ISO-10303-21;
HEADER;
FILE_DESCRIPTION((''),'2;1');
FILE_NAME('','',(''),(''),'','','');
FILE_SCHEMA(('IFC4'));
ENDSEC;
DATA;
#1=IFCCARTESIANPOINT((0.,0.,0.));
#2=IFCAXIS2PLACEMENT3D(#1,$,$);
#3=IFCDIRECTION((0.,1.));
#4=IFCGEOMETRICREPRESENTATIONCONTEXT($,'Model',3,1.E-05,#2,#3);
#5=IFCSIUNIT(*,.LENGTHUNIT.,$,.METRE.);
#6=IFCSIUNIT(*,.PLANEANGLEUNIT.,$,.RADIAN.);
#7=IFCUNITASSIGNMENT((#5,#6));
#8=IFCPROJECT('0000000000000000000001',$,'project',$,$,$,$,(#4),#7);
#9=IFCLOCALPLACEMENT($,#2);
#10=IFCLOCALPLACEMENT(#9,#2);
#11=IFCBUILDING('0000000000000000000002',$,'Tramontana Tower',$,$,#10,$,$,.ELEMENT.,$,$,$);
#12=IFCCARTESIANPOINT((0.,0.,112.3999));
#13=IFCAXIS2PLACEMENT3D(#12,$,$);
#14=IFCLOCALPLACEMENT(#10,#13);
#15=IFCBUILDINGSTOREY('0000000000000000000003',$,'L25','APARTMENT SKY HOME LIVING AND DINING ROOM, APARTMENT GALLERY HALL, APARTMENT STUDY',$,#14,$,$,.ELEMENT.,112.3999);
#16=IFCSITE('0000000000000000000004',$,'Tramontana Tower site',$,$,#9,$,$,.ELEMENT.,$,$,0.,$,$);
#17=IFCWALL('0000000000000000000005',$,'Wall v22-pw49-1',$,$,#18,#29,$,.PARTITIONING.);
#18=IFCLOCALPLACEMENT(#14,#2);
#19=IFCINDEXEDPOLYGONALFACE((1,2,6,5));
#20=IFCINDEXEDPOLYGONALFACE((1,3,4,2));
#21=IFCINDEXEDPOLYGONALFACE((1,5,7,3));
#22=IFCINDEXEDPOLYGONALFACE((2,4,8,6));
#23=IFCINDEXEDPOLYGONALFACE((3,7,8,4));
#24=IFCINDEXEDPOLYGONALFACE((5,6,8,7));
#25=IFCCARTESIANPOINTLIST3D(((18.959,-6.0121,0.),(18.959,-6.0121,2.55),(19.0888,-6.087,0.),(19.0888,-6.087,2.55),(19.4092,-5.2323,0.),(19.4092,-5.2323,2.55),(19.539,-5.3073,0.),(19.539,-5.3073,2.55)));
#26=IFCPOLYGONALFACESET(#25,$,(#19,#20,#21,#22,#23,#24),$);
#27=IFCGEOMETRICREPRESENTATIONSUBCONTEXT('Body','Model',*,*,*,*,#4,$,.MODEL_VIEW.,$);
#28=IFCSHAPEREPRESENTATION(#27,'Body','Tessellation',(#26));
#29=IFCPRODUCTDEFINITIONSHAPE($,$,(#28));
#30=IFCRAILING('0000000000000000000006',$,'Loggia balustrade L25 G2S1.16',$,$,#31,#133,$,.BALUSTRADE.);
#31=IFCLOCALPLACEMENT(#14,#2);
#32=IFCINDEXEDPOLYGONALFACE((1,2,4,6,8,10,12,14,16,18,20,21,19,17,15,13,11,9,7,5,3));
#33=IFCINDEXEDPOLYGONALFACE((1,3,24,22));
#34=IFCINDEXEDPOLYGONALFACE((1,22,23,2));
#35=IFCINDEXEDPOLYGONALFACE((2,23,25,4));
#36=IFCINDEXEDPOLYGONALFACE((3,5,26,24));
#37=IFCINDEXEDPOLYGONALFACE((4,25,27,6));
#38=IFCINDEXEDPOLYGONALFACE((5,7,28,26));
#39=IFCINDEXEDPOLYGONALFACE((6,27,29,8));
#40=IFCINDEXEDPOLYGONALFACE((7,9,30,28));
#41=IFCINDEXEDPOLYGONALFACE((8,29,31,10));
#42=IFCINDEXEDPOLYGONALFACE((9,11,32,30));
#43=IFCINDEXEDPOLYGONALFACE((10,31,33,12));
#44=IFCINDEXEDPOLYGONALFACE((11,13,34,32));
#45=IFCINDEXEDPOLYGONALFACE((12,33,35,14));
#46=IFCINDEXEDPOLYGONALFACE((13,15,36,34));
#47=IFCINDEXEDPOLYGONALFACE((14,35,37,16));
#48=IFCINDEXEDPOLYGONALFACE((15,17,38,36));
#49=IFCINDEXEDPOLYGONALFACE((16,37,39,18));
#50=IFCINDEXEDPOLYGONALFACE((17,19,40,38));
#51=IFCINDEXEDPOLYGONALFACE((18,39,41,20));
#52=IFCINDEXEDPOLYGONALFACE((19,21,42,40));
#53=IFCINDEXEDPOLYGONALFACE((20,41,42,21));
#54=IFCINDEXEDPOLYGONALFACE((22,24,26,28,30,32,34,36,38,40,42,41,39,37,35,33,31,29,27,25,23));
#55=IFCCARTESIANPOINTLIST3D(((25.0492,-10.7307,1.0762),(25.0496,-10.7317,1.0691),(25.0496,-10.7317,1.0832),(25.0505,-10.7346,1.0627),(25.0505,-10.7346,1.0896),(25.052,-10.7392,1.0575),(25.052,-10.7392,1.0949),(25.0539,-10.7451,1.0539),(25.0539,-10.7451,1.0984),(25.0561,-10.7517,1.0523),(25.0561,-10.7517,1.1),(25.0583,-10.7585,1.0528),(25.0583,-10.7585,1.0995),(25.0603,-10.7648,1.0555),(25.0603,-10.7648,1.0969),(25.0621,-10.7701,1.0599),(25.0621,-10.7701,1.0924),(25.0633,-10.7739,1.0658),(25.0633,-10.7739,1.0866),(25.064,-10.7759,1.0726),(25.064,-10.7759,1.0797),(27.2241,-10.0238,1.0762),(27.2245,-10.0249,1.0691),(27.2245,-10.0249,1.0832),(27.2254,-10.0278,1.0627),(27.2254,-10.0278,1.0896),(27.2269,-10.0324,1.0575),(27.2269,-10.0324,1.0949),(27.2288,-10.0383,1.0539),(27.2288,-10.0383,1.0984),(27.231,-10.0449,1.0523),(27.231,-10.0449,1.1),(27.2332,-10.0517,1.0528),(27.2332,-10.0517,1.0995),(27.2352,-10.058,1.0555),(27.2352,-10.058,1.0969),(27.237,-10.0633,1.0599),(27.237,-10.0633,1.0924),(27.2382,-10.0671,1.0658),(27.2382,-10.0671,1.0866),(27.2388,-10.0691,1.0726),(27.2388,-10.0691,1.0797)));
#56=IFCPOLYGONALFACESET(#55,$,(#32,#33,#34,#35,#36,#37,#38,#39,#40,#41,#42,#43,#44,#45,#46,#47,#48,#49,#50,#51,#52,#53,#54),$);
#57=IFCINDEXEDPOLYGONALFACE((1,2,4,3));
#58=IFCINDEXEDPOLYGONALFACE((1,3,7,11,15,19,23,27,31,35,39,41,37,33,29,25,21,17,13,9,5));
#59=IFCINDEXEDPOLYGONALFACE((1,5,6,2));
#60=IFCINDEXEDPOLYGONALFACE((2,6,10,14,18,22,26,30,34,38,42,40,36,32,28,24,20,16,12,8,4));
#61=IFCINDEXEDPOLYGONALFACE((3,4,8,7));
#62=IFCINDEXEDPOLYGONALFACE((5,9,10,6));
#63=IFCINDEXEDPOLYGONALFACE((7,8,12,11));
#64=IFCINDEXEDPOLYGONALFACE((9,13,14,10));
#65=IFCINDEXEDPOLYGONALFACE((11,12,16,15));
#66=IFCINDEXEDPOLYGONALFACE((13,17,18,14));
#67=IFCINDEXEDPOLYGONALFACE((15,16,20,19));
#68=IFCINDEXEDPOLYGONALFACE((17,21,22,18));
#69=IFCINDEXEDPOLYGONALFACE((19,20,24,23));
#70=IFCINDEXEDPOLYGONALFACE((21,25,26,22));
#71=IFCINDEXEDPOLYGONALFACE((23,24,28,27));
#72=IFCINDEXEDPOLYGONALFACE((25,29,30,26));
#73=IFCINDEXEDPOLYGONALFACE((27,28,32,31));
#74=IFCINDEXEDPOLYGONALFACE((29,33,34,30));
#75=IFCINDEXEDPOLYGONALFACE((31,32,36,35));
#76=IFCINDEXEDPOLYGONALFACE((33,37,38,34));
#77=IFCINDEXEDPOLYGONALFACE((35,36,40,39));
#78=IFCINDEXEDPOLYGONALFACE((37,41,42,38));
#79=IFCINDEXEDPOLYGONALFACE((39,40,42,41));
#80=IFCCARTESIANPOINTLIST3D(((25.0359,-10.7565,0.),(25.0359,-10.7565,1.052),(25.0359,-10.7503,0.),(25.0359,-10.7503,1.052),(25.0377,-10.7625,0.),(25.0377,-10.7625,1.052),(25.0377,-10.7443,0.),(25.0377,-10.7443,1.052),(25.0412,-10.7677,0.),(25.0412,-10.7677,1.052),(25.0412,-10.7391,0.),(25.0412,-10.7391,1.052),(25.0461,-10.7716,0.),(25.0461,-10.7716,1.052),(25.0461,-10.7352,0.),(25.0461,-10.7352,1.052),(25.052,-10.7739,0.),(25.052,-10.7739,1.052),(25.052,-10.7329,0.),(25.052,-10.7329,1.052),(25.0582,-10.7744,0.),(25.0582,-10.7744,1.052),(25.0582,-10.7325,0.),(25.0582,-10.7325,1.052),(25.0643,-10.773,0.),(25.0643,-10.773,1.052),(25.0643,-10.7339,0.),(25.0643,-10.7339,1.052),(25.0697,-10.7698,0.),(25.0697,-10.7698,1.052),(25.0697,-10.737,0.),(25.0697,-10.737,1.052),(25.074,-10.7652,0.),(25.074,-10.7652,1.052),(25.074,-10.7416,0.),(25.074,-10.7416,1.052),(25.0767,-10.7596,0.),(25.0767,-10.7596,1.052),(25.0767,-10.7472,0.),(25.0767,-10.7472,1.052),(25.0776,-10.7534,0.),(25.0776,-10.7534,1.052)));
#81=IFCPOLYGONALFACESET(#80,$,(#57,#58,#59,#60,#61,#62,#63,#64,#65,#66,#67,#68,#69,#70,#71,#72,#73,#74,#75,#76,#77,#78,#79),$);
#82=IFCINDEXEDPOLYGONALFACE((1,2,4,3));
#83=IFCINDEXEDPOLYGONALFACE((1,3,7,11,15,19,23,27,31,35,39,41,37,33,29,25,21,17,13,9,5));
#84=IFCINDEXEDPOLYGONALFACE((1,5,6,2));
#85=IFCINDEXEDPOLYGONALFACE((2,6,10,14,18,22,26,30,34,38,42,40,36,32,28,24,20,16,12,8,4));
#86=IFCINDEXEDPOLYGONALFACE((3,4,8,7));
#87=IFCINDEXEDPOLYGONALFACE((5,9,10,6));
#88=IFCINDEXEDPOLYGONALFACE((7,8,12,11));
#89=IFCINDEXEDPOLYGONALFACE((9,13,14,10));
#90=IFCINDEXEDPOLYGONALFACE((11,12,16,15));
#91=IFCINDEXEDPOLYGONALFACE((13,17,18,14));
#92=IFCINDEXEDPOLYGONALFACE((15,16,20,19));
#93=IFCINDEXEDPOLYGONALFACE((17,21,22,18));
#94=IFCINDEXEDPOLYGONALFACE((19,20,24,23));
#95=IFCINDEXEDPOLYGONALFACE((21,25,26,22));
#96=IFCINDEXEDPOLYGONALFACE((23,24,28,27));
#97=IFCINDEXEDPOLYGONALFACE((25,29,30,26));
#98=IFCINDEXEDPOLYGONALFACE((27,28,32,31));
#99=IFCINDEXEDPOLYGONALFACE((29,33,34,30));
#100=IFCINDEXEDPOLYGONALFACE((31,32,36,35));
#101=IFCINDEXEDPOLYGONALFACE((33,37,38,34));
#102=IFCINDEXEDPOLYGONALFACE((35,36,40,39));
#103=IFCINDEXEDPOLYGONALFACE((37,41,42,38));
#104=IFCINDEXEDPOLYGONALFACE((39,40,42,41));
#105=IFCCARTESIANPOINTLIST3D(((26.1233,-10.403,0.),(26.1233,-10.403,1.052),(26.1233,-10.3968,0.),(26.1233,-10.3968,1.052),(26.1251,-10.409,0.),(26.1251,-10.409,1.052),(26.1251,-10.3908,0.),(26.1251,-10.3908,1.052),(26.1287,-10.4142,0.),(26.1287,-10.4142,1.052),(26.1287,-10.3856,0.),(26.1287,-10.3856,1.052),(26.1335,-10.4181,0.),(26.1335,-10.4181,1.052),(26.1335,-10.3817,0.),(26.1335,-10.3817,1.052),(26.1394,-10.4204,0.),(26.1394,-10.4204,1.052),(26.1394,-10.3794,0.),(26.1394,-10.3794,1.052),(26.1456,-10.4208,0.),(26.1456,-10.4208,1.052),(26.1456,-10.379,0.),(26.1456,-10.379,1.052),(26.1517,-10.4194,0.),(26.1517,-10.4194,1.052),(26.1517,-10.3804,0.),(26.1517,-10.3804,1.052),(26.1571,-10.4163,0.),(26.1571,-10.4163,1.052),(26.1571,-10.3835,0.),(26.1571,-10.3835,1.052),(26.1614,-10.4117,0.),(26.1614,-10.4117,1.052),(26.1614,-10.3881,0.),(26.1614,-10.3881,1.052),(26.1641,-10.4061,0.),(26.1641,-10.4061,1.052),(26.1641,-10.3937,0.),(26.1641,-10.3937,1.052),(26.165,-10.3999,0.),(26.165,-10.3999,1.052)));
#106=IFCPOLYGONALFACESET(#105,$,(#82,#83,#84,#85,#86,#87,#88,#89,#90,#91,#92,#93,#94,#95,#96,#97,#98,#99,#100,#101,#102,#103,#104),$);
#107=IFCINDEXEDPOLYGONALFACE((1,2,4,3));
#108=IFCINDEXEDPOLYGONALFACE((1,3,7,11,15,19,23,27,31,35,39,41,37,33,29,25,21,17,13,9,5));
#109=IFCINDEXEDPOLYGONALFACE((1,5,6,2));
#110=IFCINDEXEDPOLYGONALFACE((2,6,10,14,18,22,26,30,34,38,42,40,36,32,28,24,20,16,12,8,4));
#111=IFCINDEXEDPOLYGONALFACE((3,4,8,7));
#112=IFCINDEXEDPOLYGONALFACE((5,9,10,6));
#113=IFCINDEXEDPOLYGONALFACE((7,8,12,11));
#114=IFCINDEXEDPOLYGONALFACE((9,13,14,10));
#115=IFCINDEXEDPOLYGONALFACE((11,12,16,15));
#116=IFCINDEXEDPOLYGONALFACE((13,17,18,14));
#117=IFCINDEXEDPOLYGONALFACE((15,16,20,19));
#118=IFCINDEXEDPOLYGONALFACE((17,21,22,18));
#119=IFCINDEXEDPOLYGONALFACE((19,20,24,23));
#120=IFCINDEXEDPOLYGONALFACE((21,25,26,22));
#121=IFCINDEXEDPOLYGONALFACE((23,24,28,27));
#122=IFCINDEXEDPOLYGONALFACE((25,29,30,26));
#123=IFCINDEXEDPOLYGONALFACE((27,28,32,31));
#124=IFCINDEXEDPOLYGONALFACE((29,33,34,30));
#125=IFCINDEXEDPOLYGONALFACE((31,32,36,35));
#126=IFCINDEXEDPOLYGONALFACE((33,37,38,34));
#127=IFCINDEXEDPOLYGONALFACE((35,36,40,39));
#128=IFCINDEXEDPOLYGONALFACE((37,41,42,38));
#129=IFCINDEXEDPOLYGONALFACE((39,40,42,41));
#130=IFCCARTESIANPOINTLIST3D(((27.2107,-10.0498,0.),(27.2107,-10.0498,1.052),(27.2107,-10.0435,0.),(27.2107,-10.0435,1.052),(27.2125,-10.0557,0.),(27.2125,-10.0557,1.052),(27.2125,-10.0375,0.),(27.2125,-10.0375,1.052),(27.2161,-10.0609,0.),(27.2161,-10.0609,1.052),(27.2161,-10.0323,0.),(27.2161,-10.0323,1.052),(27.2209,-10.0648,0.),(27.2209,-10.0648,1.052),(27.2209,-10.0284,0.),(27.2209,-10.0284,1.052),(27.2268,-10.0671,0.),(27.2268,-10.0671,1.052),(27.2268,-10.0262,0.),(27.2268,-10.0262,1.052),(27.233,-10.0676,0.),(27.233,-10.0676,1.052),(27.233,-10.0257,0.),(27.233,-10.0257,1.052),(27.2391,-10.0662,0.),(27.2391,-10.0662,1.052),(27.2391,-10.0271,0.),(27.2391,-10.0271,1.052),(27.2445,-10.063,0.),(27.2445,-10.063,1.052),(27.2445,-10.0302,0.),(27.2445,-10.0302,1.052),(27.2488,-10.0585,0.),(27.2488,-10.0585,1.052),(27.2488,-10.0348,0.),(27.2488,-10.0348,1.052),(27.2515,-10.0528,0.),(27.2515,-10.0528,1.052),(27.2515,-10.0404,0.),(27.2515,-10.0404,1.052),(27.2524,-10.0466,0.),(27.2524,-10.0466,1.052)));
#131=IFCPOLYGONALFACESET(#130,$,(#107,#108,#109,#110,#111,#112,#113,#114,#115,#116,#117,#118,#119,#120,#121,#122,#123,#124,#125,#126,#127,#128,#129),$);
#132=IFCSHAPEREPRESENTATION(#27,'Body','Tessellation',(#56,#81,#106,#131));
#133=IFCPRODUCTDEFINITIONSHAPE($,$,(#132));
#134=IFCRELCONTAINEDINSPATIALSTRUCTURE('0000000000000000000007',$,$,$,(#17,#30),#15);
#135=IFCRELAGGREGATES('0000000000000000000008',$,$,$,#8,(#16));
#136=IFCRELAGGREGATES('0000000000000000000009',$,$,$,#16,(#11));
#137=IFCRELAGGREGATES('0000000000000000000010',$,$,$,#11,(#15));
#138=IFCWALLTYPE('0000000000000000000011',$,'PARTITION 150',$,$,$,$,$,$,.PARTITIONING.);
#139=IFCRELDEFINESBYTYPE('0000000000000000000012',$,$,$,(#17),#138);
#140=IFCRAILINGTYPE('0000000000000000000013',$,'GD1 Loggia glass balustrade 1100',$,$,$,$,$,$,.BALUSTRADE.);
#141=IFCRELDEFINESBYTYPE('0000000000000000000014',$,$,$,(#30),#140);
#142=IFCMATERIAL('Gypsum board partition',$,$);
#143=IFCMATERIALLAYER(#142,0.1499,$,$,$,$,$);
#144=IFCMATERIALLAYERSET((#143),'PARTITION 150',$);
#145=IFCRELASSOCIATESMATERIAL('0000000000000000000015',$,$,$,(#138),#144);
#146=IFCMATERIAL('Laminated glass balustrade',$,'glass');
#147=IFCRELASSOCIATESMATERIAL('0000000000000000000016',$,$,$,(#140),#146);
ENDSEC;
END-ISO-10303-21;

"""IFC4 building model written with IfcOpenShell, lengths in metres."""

from ifc_helpers import new_model, si_unit, direction, frame, frame_2d, origin, origin_2d, place, context, subcontext, project, spatial, rectangle, circle, extrude, material, layer, layer_set, type_object, element, save


model = new_model("IFC4")

# Units and contexts
model_context = context("Model", 3, precision=1e-05, world=origin(), true_north=direction((0.0, 1.0)))
body_context = subcontext(model_context, "Body", "Model", "MODEL_VIEW")
ifc_project = project(units=[si_unit("LENGTHUNIT", "METRE"), si_unit("PLANEANGLEUNIT", "RADIAN")], contexts=[model_context])

# Site, building, storey
site_placement = place(None, origin())
site = spatial("IfcSite", under=ifc_project, at=site_placement, Name="Tramontana Tower site", CompositionType="ELEMENT", RefElevation=0.0)
building_placement = place(site_placement, origin())
building = spatial("IfcBuilding", under=site, at=building_placement, Name="Tramontana Tower", CompositionType="ELEMENT")
storey_placement = place(building_placement, frame((0.0, 0.0, 112.3999)))
storey = spatial("IfcBuildingStorey", under=building, at=storey_placement, Name="L25", Description="APARTMENT SKY HOME LIVING AND DINING ROOM, APARTMENT GALLERY HALL, APARTMENT STUDY", CompositionType="ELEMENT", Elevation=112.3999)

# Wall
ifc_material_1 = material(Name="Gypsum board partition")
ifc_layer_1 = layer(ifc_material_1, 0.1499)
ifc_layer_set_1 = layer_set([ifc_layer_1], Name="PARTITION 150")
wall_type_1 = type_object("IfcWallType", Name="PARTITION 150", PredefinedType="PARTITIONING", material=ifc_layer_set_1)
wall_1_placement = place(storey_placement, frame((19.4741, -5.2698, 0.0), z_axis=(0.0, 0.0, 1.0), x_axis=(-0.499988, -0.866032, 0.0)))
element("IfcWall", 1, at=wall_1_placement, inside=storey, type_object=wall_type_1, Name="Wall v22-pw49-1", PredefinedType="PARTITIONING", context=body_context, shape_type="SweptSolid", body=[
    extrude(rectangle(XDim=0.9004, YDim=0.1499, at=frame_2d((0.4502, 0.0))), origin(), (0.0, 0.0, 1.0), 2.55),
])

# Railing
ifc_material_2 = material(Name="Laminated glass balustrade", Category="glass")
railing_type = type_object("IfcRailingType", Name="GD1 Loggia glass balustrade 1100", PredefinedType="BALUSTRADE", material=ifc_material_2)
railing_1_placement = place(storey_placement, frame((25.0566, -10.7534, 0.0)))
element("IfcRailing", 2, at=railing_1_placement, inside=storey, type_object=railing_type, Name="Loggia balustrade L25 G2S1.16", PredefinedType="BALUSTRADE", context=body_context, shape_type="SweptSolid", body=[
    extrude(circle(Radius=0.0239, at=origin_2d()), frame((0.0, 0.0, 1.0762), z_axis=(0.951037, 0.309076, 0.0), x_axis=(-0.309076, 0.951037, 0.0)), (0.0, 0.0, 1.0), 2.2869),
    extrude(circle(Radius=0.021, at=origin_2d()), origin(), (0.0, 0.0, 1.0), 1.052),
    extrude(circle(Radius=0.021, at=origin_2d()), frame((1.0874, 0.3535, 0.0)), (0.0, 0.0, 1.0), 1.052),
    extrude(circle(Radius=0.021, at=origin_2d()), frame((2.1748, 0.7068, 0.0)), (0.0, 0.0, 1.0), 1.052),
])

save(model, "model.ifc")
